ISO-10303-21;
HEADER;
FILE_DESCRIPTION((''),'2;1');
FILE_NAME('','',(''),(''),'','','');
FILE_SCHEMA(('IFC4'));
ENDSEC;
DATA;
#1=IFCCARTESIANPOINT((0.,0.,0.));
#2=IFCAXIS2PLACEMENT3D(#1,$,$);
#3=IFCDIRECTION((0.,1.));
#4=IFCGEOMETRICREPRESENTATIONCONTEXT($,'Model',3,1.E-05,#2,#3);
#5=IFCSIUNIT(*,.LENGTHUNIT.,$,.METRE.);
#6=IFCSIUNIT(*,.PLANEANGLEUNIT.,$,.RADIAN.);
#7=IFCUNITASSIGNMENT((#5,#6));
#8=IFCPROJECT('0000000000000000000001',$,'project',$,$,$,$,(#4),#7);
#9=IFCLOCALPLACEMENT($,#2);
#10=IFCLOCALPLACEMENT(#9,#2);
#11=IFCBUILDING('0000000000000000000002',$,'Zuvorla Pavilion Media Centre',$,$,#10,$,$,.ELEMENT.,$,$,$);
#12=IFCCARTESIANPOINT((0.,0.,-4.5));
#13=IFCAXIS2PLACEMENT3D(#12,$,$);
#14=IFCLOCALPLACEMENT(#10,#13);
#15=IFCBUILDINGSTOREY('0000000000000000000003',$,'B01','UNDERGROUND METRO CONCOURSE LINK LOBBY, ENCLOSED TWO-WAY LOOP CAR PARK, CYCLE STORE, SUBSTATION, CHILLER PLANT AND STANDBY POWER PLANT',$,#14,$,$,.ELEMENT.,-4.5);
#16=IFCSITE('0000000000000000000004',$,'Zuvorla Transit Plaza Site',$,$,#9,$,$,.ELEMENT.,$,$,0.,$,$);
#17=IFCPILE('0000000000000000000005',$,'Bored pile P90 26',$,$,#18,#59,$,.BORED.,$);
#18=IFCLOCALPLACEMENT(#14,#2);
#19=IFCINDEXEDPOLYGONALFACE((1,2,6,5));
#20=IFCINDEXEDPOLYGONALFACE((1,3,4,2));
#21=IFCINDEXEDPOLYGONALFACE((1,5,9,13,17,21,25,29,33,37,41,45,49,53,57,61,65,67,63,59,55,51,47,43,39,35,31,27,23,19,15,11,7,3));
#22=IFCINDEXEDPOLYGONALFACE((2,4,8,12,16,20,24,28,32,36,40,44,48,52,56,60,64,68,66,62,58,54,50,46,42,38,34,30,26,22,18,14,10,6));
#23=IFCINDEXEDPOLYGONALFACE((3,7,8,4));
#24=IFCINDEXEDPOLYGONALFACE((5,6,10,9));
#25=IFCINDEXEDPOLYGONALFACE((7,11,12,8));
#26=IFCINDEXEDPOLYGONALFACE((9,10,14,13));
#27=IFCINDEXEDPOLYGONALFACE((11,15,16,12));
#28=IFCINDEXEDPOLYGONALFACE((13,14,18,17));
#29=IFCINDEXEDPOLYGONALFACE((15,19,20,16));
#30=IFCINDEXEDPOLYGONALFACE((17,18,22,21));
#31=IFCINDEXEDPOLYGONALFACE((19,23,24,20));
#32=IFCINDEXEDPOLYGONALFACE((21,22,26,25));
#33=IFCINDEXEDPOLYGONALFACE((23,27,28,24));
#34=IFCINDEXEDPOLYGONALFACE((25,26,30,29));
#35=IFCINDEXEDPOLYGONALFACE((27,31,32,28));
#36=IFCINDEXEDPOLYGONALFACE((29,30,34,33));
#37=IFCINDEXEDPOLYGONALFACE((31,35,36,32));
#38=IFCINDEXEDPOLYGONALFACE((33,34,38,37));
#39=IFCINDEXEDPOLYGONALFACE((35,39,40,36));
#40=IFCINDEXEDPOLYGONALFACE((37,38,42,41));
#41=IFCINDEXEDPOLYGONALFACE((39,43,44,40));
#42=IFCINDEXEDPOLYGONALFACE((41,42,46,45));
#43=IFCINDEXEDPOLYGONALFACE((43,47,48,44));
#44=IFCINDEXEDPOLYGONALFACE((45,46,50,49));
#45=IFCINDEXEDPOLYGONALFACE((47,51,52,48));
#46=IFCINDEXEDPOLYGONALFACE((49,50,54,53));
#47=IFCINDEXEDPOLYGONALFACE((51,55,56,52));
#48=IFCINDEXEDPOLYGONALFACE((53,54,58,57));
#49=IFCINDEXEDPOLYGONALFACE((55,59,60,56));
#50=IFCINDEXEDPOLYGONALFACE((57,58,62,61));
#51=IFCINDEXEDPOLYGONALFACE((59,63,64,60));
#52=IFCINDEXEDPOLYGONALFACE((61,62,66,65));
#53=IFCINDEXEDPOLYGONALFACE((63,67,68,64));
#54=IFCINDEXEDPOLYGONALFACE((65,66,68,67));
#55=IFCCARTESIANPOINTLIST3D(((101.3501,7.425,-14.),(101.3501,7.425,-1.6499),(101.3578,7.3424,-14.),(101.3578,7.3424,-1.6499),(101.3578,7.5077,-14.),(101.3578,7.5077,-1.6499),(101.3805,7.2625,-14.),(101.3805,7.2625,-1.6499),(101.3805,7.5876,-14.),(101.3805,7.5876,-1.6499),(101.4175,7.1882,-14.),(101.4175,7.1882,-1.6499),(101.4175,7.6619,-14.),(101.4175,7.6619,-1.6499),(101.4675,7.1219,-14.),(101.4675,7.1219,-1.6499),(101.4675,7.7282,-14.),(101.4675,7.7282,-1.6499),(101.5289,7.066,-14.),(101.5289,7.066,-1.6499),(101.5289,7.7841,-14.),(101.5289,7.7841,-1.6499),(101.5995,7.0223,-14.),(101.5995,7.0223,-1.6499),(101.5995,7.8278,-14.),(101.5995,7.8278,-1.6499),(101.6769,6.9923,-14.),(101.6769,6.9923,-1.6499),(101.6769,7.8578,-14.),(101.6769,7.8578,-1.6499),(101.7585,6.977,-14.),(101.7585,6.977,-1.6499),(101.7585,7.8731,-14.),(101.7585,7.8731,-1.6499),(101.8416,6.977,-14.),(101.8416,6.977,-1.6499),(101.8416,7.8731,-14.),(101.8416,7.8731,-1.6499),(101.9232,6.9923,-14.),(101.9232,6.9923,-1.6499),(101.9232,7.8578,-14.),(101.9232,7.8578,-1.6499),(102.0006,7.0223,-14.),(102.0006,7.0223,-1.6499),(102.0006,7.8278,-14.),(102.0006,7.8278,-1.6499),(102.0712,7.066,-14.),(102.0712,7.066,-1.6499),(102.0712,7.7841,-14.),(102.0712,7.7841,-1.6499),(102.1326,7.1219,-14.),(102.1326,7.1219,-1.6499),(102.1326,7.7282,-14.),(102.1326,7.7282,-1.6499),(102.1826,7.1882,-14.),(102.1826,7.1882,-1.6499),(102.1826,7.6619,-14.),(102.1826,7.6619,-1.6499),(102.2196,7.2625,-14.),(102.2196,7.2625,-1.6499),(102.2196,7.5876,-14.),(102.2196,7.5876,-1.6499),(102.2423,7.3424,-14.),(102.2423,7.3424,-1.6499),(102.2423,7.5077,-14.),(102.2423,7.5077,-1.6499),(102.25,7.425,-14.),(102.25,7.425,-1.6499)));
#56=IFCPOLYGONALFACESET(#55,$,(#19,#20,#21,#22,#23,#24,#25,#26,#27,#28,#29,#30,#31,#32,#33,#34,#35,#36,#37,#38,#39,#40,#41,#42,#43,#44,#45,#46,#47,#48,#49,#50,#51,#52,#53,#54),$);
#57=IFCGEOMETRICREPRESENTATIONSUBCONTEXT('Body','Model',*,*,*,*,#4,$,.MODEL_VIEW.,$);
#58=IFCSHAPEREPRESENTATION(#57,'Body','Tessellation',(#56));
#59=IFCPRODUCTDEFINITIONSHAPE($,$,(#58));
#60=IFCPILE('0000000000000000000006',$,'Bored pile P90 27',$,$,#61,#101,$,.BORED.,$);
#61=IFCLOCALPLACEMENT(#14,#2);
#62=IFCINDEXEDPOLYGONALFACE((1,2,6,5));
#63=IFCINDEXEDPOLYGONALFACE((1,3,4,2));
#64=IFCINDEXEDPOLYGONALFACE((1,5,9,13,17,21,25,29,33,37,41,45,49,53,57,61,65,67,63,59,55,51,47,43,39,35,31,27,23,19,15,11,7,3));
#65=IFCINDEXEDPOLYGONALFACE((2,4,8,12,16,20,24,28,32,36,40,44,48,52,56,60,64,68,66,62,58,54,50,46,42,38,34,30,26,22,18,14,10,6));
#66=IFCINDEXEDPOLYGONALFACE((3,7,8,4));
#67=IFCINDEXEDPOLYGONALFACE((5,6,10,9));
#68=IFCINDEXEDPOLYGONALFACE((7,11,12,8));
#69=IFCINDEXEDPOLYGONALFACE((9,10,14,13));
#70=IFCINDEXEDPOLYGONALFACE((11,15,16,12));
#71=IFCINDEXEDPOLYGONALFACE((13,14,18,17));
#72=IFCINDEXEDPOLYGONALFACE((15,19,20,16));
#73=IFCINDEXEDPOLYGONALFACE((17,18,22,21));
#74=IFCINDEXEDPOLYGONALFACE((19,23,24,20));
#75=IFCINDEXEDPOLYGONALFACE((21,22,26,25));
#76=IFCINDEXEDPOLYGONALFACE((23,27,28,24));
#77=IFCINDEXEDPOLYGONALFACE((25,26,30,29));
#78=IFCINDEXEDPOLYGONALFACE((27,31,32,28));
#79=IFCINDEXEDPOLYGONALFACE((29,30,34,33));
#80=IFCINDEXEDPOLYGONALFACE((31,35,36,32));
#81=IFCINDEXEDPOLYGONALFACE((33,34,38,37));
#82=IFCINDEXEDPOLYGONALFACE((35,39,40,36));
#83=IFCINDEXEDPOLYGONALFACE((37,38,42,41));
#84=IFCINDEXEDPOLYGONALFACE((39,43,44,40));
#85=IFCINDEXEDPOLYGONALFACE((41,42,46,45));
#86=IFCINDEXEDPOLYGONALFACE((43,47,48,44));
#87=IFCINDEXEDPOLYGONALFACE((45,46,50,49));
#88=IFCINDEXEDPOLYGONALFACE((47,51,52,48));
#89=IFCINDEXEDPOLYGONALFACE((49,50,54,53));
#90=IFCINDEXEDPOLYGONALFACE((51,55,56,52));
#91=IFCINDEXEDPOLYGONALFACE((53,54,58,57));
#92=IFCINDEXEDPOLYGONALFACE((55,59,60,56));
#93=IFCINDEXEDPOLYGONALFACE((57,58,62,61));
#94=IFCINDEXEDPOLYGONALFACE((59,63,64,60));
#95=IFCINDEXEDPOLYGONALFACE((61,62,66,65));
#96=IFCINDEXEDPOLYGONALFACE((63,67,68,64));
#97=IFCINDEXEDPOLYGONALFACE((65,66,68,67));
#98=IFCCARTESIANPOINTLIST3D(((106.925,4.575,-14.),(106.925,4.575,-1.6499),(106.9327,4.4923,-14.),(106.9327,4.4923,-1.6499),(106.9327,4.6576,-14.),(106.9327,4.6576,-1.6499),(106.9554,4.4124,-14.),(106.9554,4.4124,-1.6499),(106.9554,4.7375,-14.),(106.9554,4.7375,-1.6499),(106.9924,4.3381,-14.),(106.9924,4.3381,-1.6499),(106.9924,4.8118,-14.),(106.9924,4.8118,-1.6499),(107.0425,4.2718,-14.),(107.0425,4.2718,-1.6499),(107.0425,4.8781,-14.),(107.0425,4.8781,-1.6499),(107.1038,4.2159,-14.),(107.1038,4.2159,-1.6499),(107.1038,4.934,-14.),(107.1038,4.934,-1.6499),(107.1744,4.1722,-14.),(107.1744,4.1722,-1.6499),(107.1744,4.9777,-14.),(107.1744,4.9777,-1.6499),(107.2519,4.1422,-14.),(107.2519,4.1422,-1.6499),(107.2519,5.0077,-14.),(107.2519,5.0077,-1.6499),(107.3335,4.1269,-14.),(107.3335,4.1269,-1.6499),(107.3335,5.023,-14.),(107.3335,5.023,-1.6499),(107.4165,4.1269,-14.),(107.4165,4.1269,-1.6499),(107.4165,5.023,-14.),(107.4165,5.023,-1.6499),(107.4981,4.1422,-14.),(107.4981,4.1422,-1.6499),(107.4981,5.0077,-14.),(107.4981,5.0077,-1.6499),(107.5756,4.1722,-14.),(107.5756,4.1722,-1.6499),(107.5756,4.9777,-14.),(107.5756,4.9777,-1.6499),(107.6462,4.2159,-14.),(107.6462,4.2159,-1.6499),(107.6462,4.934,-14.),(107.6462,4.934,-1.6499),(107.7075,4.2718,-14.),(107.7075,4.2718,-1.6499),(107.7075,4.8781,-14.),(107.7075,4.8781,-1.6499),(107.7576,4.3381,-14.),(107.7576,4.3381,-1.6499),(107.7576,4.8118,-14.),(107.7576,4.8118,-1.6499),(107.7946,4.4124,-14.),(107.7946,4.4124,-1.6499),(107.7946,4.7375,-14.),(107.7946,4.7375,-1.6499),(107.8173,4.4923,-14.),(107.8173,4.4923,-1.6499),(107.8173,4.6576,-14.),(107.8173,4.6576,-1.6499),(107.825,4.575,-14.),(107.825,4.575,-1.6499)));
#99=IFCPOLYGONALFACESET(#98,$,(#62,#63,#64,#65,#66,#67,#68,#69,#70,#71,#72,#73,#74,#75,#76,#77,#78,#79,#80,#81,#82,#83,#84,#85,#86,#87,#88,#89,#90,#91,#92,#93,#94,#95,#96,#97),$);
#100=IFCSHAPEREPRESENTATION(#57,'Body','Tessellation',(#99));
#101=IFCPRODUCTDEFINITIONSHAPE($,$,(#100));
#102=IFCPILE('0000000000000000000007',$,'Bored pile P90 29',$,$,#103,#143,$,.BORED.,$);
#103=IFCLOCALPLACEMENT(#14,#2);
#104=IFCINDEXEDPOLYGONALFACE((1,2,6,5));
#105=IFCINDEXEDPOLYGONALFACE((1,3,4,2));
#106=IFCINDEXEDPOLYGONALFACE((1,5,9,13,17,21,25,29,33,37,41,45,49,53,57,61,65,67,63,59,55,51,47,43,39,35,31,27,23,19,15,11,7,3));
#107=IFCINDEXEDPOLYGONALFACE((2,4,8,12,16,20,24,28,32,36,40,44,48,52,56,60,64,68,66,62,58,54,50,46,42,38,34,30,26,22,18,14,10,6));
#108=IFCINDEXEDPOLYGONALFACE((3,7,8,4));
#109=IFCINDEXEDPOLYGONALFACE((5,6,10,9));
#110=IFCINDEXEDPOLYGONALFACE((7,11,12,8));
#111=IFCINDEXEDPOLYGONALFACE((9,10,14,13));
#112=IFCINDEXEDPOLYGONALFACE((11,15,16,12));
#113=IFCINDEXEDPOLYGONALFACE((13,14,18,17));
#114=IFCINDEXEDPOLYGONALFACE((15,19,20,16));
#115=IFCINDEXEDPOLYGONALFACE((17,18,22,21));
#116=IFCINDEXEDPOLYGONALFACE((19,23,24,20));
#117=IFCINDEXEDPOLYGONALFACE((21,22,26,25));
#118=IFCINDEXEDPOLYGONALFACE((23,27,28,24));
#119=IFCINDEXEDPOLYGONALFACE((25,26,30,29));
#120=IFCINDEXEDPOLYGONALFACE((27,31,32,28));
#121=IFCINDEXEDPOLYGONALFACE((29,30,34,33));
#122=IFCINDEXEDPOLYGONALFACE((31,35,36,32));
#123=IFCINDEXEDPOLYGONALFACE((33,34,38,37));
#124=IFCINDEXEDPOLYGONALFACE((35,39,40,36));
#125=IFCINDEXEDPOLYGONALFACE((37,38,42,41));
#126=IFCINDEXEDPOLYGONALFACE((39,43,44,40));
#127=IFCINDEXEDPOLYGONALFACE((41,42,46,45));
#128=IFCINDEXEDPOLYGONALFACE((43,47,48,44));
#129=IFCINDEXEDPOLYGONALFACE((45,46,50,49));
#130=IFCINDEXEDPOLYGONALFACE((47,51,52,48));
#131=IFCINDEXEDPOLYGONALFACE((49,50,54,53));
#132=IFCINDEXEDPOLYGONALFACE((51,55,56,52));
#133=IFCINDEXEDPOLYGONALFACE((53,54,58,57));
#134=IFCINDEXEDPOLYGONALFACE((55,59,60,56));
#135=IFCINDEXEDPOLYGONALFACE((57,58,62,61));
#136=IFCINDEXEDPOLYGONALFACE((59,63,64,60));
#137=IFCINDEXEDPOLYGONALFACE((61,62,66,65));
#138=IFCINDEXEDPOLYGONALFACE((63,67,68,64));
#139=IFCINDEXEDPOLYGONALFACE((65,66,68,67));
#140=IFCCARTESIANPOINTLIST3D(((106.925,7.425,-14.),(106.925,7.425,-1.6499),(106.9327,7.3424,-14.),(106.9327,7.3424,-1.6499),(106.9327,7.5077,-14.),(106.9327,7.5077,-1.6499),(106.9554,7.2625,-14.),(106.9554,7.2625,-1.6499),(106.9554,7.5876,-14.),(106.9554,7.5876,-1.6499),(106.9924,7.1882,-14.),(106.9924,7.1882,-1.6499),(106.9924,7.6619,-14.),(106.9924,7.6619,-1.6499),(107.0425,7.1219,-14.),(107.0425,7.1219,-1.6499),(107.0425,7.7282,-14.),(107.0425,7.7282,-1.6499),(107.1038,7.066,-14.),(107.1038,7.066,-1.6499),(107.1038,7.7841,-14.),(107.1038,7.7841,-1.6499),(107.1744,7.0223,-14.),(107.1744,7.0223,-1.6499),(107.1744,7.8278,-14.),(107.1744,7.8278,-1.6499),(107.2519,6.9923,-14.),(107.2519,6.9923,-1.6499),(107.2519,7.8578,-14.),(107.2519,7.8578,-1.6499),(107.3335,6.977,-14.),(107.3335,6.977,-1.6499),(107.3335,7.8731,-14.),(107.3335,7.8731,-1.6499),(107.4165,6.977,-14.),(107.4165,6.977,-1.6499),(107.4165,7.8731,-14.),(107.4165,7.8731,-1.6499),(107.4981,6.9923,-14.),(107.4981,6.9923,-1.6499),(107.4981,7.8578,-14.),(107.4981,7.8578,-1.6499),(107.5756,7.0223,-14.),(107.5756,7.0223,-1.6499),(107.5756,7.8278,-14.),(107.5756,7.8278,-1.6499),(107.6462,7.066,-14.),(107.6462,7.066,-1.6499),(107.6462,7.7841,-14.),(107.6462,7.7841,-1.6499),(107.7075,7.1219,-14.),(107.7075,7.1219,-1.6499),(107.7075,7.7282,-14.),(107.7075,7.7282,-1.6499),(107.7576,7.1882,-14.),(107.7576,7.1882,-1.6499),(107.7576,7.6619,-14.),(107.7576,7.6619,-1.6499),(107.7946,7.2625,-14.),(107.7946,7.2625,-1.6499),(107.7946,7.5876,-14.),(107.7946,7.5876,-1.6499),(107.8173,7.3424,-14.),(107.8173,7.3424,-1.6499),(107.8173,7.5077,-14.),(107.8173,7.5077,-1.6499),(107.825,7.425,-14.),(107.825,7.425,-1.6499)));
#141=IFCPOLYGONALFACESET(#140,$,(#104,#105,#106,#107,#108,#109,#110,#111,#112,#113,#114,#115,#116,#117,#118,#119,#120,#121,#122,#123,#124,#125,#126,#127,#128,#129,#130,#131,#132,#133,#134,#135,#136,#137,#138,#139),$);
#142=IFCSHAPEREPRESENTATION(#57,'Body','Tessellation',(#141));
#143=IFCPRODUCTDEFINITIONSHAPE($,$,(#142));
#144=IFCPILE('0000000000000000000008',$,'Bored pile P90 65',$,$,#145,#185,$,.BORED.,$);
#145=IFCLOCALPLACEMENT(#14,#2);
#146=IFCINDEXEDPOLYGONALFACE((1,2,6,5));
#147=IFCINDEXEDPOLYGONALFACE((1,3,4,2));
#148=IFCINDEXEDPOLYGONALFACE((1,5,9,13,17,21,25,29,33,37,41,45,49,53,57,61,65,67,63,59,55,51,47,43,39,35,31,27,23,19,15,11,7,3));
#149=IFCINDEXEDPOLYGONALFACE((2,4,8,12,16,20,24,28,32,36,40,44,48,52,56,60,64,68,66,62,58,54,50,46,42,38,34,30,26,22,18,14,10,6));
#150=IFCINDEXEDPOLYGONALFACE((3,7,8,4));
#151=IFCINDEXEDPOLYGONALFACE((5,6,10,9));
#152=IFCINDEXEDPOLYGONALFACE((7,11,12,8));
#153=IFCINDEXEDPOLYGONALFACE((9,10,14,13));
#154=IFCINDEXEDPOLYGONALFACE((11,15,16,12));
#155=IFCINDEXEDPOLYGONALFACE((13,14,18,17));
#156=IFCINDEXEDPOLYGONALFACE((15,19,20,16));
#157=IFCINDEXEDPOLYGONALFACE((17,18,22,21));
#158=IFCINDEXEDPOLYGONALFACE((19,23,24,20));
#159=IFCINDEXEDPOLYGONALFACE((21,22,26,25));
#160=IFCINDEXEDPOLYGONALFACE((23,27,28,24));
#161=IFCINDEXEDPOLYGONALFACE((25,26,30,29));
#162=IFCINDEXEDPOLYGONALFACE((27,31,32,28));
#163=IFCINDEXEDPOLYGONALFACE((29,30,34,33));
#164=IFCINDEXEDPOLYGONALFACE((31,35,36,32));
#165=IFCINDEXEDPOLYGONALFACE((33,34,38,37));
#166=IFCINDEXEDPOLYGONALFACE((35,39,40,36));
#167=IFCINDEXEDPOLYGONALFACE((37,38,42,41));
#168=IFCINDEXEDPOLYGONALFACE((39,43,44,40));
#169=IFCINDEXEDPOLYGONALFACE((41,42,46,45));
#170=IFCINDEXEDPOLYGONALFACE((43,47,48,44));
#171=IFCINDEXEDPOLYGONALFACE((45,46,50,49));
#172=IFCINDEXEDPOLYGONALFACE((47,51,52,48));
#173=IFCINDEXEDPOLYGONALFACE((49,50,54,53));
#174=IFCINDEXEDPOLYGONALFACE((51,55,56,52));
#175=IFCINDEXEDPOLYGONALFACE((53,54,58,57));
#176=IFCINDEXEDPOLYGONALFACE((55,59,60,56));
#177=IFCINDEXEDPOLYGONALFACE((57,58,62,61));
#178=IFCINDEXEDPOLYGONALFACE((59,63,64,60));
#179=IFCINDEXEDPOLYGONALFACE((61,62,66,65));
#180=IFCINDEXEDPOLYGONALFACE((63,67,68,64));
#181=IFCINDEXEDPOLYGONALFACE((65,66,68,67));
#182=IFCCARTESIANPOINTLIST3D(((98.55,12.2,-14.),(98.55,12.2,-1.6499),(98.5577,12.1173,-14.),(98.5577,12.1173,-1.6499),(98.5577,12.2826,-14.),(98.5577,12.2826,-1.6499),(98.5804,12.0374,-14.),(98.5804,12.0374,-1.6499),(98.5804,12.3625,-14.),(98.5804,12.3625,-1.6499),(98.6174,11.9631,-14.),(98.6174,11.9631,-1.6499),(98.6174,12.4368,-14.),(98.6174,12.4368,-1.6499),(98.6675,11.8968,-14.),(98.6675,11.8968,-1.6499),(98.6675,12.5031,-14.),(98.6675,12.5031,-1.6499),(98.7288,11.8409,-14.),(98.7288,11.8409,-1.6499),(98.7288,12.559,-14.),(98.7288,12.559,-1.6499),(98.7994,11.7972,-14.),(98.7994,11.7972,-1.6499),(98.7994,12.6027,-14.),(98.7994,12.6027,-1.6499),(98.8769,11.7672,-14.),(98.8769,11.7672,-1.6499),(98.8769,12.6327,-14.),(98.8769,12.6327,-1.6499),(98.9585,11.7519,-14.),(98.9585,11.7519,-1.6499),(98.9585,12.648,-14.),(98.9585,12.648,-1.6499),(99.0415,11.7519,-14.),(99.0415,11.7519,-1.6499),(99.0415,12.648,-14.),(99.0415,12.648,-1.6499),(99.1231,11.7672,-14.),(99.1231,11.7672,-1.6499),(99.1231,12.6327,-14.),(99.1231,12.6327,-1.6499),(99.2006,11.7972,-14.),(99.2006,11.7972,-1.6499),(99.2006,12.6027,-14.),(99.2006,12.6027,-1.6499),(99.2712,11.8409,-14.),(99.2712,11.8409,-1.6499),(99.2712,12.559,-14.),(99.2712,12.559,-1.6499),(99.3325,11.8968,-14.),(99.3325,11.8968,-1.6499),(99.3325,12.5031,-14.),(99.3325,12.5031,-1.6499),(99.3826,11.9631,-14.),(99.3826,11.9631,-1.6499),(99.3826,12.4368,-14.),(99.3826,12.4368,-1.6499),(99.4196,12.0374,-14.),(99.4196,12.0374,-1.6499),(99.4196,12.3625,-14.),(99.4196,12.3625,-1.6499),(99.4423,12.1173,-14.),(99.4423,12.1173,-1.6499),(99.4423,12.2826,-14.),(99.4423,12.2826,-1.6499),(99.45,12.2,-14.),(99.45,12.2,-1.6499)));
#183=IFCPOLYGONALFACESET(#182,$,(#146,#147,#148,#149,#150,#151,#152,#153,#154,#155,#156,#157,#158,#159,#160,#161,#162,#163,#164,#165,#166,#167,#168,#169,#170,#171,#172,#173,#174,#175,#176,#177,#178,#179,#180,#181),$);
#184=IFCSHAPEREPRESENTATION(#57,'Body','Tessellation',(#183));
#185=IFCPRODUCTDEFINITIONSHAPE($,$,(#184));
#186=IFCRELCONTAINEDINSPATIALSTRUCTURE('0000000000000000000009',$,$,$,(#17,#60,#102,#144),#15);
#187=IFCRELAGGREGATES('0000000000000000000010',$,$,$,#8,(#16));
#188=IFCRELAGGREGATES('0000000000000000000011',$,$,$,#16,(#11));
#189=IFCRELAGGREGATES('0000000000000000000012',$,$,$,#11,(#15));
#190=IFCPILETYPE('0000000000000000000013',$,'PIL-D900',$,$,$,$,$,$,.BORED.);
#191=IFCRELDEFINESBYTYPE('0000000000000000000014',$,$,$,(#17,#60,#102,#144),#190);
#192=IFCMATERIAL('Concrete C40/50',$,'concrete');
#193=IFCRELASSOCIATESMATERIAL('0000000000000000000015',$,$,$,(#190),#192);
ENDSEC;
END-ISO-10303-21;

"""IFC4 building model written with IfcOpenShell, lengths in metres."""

from ifc_helpers import new_model, si_unit, direction, frame, origin, origin_2d, place, context, subcontext, project, spatial, circle, extrude, material, material_profile, profile_set, type_object, element, save


model = new_model("IFC4")

# Units and contexts
model_context = context("Model", 3, precision=1e-05, world=origin(), true_north=direction((0.0, 1.0)))
body_context = subcontext(model_context, "Body", "Model", "MODEL_VIEW")
ifc_project = project(units=[si_unit("LENGTHUNIT", "METRE"), si_unit("PLANEANGLEUNIT", "RADIAN")], contexts=[model_context])

# Site, building, storey
site_placement = place(None, origin())
site = spatial("IfcSite", under=ifc_project, at=site_placement, Name="Zuvorla Transit Plaza Site", CompositionType="ELEMENT", RefElevation=0.0)
building_placement = place(site_placement, origin())
building = spatial("IfcBuilding", under=site, at=building_placement, Name="Zuvorla Pavilion Media Centre", CompositionType="ELEMENT")
storey_placement = place(building_placement, frame((0.0, 0.0, -4.5)))
storey = spatial("IfcBuildingStorey", under=building, at=storey_placement, Name="B01", Description="UNDERGROUND METRO CONCOURSE LINK LOBBY, ENCLOSED TWO-WAY LOOP CAR PARK, CYCLE STORE, SUBSTATION, CHILLER PLANT AND STANDBY POWER PLANT", CompositionType="ELEMENT", Elevation=-4.5)

# Shared definitions
ifc_material_1 = material(Name="Concrete C40/50", Category="concrete")

# Piles
ifc_material_profile_1 = material_profile(ifc_material_1, circle(Radius=0.45, at=origin_2d()), Name="BORED PILE 900")
ifc_profile_set_1 = profile_set([ifc_material_profile_1], Name="Concrete C40/50")
pile_type = type_object("IfcPileType", Name="PIL-D900", PredefinedType="BORED", material=ifc_profile_set_1)
for number, where, z_axis, x_axis, name in (
    (1, (101.8, 7.425, -1.6499), (0.0, 0.0, -1.0), (1.0, 0.0, 0.0), "Bored pile P90 26"),
    (2, (107.375, 4.575, -1.6499), (0.0, 0.0, -1.0), (1.0, 0.0, 0.0), "Bored pile P90 27"),
    (3, (107.375, 7.425, -1.6499), (0.0, 0.0, -1.0), (1.0, 0.0, 0.0), "Bored pile P90 29"),
    (4, (99.0, 12.2, -1.6499), (0.0, 0.0, -1.0), (1.0, 0.0, 0.0), "Bored pile P90 65"),
):
    element("IfcPile", number, at=place(storey_placement, frame(where, z_axis=z_axis, x_axis=x_axis)), inside=storey, type_object=pile_type, Name=name, PredefinedType="BORED", context=body_context, shape_type="SweptSolid", body=[
        extrude(circle(Radius=0.45, at=origin_2d()), origin(), (0.0, 0.0, 1.0), 12.3501),
    ])

save(model, "model.ifc")
